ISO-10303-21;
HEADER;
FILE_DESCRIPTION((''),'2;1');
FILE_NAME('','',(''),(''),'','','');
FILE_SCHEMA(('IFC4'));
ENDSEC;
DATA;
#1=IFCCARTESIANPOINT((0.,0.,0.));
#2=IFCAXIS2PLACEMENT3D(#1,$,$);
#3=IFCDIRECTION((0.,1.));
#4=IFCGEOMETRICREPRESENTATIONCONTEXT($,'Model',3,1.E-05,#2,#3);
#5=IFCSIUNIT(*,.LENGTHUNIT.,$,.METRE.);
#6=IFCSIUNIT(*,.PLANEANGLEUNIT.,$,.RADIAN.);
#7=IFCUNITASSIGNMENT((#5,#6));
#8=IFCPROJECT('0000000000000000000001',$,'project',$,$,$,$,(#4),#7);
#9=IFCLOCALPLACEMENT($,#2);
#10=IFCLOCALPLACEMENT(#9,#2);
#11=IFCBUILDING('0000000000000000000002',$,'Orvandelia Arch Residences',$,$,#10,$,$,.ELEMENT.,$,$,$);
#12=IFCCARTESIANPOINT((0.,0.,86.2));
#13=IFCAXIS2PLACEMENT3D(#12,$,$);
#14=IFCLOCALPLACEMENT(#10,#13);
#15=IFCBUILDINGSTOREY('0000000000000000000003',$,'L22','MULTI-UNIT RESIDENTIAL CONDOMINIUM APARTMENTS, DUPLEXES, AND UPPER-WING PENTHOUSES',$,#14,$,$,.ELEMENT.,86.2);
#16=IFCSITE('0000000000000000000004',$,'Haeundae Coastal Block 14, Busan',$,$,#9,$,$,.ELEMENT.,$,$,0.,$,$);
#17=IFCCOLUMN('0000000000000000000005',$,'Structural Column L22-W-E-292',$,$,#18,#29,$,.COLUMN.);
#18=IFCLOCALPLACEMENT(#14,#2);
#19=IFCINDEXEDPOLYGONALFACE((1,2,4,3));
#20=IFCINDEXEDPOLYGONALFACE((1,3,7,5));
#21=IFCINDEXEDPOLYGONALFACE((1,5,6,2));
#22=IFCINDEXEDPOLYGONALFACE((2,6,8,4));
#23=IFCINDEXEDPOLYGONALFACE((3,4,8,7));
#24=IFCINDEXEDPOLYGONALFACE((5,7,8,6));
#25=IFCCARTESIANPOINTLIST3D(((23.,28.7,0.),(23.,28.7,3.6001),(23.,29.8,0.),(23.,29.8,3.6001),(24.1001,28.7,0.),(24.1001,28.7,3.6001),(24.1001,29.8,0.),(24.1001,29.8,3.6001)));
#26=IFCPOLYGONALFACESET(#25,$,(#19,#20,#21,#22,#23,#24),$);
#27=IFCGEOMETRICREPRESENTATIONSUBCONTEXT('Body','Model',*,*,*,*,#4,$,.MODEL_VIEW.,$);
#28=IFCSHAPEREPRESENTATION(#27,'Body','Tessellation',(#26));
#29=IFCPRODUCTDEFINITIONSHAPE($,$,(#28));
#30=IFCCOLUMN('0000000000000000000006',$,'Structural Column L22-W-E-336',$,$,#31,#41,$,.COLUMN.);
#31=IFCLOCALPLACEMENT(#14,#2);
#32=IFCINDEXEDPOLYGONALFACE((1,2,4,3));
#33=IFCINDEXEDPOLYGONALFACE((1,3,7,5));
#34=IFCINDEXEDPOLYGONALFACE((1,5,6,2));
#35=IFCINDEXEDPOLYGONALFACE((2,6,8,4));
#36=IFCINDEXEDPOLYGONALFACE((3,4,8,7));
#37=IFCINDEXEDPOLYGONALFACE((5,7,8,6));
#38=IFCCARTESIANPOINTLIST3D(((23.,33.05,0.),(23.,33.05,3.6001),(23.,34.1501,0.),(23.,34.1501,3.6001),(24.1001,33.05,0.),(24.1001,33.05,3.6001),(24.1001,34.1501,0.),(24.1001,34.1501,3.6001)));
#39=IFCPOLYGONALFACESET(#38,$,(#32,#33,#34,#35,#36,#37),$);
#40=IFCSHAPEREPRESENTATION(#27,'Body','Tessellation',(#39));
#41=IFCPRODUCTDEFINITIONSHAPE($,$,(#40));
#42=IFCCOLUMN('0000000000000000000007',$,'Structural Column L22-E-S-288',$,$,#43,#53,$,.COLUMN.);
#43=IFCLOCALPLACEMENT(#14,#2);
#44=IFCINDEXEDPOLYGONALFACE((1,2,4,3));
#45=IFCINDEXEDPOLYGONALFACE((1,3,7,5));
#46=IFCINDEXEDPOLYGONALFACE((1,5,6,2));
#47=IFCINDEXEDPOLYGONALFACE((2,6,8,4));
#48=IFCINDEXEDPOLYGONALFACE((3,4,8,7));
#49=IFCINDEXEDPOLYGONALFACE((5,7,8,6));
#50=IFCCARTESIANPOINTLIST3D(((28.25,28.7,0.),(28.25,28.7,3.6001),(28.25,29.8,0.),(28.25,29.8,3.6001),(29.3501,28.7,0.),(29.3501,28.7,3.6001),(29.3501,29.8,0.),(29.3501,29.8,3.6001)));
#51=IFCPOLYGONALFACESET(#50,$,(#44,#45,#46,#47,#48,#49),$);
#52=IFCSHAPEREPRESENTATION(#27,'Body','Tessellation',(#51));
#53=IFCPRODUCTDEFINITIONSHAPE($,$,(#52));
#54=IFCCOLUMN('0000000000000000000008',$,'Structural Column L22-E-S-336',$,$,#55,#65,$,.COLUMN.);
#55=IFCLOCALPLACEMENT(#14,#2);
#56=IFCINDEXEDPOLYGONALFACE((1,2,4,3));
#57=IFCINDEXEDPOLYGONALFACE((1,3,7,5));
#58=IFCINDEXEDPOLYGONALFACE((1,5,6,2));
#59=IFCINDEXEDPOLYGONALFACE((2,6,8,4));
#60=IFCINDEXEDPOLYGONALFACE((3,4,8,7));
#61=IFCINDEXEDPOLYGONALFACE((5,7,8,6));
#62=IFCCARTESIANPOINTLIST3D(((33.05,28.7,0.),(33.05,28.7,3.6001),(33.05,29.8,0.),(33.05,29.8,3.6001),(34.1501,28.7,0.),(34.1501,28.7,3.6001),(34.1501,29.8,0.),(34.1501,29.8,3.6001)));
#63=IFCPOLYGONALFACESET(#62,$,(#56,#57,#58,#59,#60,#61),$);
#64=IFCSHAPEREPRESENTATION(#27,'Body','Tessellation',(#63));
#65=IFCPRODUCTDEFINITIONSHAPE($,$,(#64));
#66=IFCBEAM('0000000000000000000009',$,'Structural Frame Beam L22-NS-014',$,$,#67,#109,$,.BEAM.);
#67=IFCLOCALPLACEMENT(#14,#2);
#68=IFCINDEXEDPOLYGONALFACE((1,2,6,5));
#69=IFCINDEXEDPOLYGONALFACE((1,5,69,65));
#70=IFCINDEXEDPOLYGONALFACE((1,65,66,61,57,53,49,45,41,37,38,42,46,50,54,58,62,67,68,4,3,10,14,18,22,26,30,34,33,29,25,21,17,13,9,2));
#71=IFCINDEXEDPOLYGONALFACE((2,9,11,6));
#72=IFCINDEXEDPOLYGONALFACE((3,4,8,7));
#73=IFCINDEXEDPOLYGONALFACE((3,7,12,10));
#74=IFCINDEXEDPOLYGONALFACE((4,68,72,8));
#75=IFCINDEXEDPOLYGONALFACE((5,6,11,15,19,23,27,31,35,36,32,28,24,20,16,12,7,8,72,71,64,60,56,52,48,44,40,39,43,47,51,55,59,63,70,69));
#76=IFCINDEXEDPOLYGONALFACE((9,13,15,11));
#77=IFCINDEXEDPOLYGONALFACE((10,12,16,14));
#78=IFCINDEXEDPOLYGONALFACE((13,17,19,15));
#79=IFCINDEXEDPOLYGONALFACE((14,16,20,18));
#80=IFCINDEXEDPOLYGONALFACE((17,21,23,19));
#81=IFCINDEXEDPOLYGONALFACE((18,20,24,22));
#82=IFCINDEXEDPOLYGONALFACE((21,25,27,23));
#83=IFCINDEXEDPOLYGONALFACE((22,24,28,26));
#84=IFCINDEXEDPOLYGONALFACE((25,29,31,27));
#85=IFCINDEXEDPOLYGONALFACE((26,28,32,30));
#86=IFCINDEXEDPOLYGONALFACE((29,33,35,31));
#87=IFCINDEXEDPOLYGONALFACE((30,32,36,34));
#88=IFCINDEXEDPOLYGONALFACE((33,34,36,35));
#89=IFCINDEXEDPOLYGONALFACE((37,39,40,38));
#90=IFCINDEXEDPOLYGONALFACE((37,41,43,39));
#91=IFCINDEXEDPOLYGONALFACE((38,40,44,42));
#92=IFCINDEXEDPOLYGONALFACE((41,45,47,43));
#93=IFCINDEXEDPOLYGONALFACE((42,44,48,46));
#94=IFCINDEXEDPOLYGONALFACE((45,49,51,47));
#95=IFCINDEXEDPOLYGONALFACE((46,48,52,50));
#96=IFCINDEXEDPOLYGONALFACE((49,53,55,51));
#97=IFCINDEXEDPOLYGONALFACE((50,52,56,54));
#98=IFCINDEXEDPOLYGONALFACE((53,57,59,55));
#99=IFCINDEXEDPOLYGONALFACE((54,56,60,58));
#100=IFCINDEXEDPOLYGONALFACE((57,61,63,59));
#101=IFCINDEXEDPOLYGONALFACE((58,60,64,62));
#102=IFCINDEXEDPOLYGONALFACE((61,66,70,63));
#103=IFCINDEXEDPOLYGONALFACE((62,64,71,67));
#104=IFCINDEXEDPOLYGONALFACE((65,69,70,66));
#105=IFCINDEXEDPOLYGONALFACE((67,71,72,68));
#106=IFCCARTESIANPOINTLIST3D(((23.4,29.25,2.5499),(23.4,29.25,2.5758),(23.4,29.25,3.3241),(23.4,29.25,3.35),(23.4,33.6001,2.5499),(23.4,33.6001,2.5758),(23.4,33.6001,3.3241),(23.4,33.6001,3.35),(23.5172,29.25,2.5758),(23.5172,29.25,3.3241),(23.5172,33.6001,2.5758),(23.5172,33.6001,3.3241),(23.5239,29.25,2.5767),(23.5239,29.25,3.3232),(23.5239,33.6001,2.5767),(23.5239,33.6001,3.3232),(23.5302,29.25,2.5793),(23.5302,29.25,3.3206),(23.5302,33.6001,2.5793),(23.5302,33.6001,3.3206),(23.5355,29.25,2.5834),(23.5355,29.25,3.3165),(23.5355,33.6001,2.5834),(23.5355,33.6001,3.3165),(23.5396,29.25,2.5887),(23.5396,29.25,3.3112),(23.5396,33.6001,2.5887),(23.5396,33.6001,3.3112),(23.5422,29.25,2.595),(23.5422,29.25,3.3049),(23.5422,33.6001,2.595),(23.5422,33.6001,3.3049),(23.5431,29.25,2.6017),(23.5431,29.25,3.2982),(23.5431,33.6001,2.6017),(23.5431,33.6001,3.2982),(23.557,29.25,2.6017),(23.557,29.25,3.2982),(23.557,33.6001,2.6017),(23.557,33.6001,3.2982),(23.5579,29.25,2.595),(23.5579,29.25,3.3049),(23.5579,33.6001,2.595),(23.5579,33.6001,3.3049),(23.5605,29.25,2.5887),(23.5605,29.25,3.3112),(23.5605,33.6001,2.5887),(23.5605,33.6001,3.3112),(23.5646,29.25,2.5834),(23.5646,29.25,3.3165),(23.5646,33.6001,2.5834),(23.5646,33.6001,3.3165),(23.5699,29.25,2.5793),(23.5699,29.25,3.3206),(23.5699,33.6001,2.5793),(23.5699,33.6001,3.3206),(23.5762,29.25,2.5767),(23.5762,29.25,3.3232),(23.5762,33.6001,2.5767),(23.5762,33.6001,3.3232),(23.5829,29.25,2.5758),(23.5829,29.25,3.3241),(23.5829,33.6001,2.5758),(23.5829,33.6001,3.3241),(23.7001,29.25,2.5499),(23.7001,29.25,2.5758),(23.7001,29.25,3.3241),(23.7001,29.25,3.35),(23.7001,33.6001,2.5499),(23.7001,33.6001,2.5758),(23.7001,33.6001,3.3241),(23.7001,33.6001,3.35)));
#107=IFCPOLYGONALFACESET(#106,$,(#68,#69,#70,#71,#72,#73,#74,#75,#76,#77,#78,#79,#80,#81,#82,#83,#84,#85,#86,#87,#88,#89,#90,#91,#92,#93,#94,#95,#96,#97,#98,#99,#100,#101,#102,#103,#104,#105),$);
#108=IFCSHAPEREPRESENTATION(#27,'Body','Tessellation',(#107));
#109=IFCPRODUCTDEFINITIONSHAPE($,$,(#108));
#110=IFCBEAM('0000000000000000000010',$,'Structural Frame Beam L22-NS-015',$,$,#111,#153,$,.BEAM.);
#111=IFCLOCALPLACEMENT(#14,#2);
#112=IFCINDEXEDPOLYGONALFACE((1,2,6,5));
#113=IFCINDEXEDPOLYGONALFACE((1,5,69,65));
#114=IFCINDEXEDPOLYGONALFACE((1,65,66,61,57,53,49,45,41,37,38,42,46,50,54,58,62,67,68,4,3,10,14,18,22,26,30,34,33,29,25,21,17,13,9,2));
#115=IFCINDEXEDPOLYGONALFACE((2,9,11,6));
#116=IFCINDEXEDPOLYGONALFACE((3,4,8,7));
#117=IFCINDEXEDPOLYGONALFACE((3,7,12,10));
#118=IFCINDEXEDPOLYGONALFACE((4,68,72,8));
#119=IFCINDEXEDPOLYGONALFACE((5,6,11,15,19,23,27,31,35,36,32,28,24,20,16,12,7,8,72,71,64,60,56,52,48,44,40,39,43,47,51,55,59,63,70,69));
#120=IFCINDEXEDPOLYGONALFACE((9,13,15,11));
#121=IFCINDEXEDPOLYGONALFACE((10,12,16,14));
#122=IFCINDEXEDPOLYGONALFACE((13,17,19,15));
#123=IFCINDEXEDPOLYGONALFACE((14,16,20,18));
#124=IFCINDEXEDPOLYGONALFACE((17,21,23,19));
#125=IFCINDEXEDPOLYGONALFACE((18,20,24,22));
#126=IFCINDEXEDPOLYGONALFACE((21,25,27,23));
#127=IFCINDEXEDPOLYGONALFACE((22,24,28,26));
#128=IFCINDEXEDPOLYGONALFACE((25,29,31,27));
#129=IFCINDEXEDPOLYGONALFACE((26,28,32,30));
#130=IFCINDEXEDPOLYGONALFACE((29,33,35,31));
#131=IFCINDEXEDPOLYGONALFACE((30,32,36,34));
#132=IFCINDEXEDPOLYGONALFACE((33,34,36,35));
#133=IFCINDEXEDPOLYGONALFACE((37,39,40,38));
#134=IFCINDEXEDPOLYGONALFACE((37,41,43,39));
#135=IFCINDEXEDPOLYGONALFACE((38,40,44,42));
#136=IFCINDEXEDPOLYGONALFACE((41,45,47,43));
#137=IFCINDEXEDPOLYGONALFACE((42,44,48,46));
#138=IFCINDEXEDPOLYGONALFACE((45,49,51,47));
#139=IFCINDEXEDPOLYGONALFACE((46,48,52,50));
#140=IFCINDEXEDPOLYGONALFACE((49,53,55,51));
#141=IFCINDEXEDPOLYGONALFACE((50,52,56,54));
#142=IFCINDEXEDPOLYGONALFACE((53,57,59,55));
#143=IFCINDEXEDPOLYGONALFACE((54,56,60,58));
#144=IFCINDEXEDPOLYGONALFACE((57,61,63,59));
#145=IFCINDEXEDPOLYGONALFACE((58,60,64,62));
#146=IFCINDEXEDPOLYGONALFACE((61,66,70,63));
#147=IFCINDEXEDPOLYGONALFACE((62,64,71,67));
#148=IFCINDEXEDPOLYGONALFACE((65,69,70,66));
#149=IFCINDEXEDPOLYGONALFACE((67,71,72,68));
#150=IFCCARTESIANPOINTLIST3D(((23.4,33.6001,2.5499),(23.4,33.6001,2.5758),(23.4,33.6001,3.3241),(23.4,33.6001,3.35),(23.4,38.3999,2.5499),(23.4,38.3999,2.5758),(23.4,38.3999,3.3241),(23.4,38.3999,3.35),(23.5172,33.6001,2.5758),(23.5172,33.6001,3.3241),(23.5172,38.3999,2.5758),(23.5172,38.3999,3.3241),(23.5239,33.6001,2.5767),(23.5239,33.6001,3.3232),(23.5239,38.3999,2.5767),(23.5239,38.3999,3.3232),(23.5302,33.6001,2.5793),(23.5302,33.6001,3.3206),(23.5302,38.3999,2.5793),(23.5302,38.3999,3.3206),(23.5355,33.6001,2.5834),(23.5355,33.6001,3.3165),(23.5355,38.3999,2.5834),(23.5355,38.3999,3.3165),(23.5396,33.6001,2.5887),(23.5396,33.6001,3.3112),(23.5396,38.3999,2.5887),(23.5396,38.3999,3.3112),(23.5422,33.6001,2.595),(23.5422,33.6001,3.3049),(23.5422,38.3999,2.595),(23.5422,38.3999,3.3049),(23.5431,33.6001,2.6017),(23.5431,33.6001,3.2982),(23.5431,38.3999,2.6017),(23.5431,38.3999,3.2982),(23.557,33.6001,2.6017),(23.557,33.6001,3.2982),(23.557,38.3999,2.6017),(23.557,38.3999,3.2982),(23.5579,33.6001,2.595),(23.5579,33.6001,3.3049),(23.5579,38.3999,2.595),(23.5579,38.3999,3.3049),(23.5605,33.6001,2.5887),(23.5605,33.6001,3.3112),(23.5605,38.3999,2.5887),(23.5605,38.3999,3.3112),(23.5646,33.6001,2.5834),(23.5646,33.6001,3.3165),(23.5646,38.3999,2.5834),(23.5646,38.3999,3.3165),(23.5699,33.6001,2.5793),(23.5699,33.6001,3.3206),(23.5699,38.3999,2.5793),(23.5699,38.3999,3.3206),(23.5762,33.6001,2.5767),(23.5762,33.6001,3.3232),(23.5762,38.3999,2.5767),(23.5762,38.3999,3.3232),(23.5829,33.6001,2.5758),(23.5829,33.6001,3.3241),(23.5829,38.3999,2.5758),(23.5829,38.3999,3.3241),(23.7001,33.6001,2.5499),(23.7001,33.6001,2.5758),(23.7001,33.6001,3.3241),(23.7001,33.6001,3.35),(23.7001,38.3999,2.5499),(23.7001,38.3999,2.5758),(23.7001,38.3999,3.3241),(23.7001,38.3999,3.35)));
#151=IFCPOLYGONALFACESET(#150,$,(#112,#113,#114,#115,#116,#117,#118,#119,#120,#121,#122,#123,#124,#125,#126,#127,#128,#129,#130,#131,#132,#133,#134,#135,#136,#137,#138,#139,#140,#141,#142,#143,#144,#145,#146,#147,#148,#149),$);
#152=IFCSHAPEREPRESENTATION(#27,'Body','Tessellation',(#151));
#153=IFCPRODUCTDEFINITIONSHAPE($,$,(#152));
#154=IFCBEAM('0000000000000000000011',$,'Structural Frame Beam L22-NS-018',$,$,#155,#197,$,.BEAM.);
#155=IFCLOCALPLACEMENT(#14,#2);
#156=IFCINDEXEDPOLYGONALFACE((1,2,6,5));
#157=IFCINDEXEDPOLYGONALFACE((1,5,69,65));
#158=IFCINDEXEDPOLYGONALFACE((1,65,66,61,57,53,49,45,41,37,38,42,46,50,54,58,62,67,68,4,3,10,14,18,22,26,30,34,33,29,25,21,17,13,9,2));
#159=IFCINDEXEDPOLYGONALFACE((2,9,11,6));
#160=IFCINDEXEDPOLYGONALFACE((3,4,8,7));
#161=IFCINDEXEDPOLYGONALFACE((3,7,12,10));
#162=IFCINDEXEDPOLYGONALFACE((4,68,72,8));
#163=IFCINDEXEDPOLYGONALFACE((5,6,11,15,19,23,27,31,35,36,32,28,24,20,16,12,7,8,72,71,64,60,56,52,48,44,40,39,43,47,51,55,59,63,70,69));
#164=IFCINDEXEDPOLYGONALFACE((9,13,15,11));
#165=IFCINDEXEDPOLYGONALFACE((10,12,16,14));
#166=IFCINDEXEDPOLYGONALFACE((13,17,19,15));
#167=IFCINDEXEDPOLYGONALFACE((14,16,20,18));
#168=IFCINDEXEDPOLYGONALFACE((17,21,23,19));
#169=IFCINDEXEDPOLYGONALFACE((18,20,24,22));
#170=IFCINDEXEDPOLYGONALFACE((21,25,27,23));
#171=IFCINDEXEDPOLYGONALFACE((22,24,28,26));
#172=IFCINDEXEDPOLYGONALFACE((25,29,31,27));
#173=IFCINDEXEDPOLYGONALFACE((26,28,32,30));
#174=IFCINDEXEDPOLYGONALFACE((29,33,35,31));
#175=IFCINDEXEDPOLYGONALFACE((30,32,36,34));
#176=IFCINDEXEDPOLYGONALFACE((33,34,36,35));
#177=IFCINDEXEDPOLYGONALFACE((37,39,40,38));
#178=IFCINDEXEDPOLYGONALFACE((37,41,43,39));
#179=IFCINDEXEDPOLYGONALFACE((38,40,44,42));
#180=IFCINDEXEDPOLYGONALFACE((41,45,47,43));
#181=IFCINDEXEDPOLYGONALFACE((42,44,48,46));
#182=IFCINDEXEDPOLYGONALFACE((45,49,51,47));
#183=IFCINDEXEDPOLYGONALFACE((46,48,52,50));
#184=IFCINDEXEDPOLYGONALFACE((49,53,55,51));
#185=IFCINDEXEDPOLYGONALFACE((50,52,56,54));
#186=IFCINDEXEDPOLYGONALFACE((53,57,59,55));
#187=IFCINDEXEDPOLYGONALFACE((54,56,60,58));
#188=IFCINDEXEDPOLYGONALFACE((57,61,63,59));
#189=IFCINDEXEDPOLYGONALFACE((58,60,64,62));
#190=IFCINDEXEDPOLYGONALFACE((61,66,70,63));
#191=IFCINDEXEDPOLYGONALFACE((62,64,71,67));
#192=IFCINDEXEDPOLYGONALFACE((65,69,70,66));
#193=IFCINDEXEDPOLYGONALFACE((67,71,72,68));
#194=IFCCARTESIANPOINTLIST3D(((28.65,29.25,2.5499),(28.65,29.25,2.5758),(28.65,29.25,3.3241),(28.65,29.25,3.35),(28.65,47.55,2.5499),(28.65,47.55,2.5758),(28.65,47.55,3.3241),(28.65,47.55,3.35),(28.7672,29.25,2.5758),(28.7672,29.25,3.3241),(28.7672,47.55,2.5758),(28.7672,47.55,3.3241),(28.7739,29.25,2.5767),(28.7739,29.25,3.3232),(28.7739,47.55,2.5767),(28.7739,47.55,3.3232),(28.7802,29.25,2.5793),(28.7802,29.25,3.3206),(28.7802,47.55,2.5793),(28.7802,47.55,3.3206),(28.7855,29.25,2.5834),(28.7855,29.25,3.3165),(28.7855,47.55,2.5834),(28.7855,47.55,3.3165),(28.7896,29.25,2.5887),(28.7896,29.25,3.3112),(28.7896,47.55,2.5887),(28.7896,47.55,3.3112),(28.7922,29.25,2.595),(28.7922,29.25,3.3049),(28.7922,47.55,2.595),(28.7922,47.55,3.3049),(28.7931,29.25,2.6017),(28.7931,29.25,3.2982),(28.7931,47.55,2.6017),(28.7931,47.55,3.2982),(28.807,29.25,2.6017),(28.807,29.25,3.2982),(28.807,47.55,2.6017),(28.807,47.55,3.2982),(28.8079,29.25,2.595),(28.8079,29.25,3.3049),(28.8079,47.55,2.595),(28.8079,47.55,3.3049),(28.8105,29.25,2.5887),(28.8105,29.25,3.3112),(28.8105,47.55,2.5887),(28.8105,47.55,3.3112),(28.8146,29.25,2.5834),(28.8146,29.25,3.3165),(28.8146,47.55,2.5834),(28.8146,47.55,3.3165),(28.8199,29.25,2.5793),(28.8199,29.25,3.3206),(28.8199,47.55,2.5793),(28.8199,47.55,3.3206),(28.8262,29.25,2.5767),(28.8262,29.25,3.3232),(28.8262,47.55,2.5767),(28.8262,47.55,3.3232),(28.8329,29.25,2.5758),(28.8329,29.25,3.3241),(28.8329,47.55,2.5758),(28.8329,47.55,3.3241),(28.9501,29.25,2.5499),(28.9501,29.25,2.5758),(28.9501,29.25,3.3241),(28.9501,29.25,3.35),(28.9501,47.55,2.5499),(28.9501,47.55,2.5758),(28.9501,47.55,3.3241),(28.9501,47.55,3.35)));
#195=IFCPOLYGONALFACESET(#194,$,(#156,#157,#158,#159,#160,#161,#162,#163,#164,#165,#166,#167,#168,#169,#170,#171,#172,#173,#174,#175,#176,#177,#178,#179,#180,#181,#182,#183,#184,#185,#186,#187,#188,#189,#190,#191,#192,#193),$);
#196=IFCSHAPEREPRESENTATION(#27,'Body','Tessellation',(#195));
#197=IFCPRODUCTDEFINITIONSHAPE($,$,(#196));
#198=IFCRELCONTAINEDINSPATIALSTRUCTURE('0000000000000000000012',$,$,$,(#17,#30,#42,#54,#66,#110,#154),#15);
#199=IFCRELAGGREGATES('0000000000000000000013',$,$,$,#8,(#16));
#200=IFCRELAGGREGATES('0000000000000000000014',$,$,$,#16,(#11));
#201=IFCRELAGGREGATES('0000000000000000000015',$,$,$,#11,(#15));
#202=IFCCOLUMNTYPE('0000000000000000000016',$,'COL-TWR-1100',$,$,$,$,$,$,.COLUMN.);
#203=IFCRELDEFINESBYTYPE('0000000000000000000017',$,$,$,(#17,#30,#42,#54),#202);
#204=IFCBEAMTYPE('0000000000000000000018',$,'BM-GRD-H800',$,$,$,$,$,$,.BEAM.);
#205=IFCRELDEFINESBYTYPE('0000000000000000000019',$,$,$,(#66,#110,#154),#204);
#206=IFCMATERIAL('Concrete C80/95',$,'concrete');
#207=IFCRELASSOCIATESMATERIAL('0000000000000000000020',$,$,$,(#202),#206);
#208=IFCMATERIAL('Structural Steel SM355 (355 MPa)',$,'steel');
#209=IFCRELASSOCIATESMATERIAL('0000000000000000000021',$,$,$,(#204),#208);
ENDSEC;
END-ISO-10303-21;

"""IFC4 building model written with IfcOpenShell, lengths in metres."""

from ifc_helpers import new_model, si_unit, direction, frame, origin, origin_2d, place, context, subcontext, project, spatial, rectangle, i_section, extrude, material, material_profile, profile_set, type_object, element, save


model = new_model("IFC4")

# Units and contexts
model_context = context("Model", 3, precision=1e-05, world=origin(), true_north=direction((0.0, 1.0)))
body_context = subcontext(model_context, "Body", "Model", "MODEL_VIEW")
ifc_project = project(units=[si_unit("LENGTHUNIT", "METRE"), si_unit("PLANEANGLEUNIT", "RADIAN")], contexts=[model_context])

# Site, building, storey
site_placement = place(None, origin())
site = spatial("IfcSite", under=ifc_project, at=site_placement, Name="Haeundae Coastal Block 14, Busan", CompositionType="ELEMENT", RefElevation=0.0)
building_placement = place(site_placement, origin())
building = spatial("IfcBuilding", under=site, at=building_placement, Name="Orvandelia Arch Residences", CompositionType="ELEMENT")
storey_placement = place(building_placement, frame((0.0, 0.0, 86.2)))
storey = spatial("IfcBuildingStorey", under=building, at=storey_placement, Name="L22", Description="MULTI-UNIT RESIDENTIAL CONDOMINIUM APARTMENTS, DUPLEXES, AND UPPER-WING PENTHOUSES", CompositionType="ELEMENT", Elevation=86.2)

# Columns
ifc_material_1 = material(Name="Concrete C80/95", Category="concrete")
ifc_material_profile_1 = material_profile(ifc_material_1, rectangle(XDim=1.1001, YDim=1.1001, at=origin_2d()), Name="Concrete C80/95", Category="concrete")
ifc_profile_set_1 = profile_set([ifc_material_profile_1], Name="Concrete C80/95")
column_type = type_object("IfcColumnType", Name="COL-TWR-1100", PredefinedType="COLUMN", material=ifc_profile_set_1)
for number, where, z_axis, x_axis, name in (
    (1, (23.55, 29.25, 0.0), (0.0, 0.0, 1.0), (1.0, 0.0, 0.0), "Structural Column L22-W-E-292"),
    (2, (23.55, 33.6001, 0.0), (0.0, 0.0, 1.0), (1.0, 0.0, 0.0), "Structural Column L22-W-E-336"),
    (3, (28.8, 29.25, 0.0), (0.0, 0.0, 1.0), (1.0, 0.0, 0.0), "Structural Column L22-E-S-288"),
    (4, (33.6001, 29.25, 0.0), (0.0, 0.0, 1.0), (1.0, 0.0, 0.0), "Structural Column L22-E-S-336"),
):
    element("IfcColumn", number, at=place(storey_placement, frame(where, z_axis=z_axis, x_axis=x_axis)), inside=storey, type_object=column_type, Name=name, PredefinedType="COLUMN", context=body_context, shape_type="SweptSolid", body=[
        extrude(rectangle(XDim=1.1001, YDim=1.1001, at=origin_2d()), origin(), (0.0, 0.0, 1.0), 3.6001),
    ])

# Beams
ifc_material_2 = material(Name="Structural Steel SM355 (355 MPa)", Category="steel")
ifc_material_profile_2 = material_profile(ifc_material_2, i_section(OverallWidth=0.3, OverallDepth=0.8, WebThickness=0.0139, FlangeThickness=0.0259, FilletRadius=0.0259, at=origin_2d()), Name="Structural Steel SM355 (355 MPa)", Category="steel")
ifc_profile_set_2 = profile_set([ifc_material_profile_2], Name="Structural Steel SM355 (355 MPa)")
beam_type = type_object("IfcBeamType", Name="BM-GRD-H800", PredefinedType="BEAM", material=ifc_profile_set_2)
beam_1_placement = place(storey_placement, frame((23.55, 29.25, 2.95), z_axis=(0.0, 1.0, 0.0), x_axis=(-1.0, 0.0, 0.0)))
element("IfcBeam", 5, at=beam_1_placement, inside=storey, type_object=beam_type, Name="Structural Frame Beam L22-NS-014", PredefinedType="BEAM", context=body_context, shape_type="SweptSolid", body=[
    extrude(i_section(OverallWidth=0.3, OverallDepth=0.8, WebThickness=0.0139, FlangeThickness=0.0259, FilletRadius=0.0259, at=origin_2d()), origin(), (0.0, 0.0, 1.0), 4.3501),
])
beam_2_placement = place(storey_placement, frame((23.55, 33.6001, 2.95), z_axis=(0.0, 1.0, 0.0), x_axis=(-1.0, 0.0, 0.0)))
element("IfcBeam", 6, at=beam_2_placement, inside=storey, type_object=beam_type, Name="Structural Frame Beam L22-NS-015", PredefinedType="BEAM", context=body_context, shape_type="SweptSolid", body=[
    extrude(i_section(OverallWidth=0.3, OverallDepth=0.8, WebThickness=0.0139, FlangeThickness=0.0259, FilletRadius=0.0259, at=origin_2d()), origin(), (0.0, 0.0, 1.0), 4.7998),
])
beam_3_placement = place(storey_placement, frame((28.8, 29.25, 2.95), z_axis=(0.0, 1.0, 0.0), x_axis=(-1.0, 0.0, 0.0)))
element("IfcBeam", 7, at=beam_3_placement, inside=storey, type_object=beam_type, Name="Structural Frame Beam L22-NS-018", PredefinedType="BEAM", context=body_context, shape_type="SweptSolid", body=[
    extrude(i_section(OverallWidth=0.3, OverallDepth=0.8, WebThickness=0.0139, FlangeThickness=0.0259, FilletRadius=0.0259, at=origin_2d()), origin(), (0.0, 0.0, 1.0), 18.3),
])

save(model, "model.ifc")
